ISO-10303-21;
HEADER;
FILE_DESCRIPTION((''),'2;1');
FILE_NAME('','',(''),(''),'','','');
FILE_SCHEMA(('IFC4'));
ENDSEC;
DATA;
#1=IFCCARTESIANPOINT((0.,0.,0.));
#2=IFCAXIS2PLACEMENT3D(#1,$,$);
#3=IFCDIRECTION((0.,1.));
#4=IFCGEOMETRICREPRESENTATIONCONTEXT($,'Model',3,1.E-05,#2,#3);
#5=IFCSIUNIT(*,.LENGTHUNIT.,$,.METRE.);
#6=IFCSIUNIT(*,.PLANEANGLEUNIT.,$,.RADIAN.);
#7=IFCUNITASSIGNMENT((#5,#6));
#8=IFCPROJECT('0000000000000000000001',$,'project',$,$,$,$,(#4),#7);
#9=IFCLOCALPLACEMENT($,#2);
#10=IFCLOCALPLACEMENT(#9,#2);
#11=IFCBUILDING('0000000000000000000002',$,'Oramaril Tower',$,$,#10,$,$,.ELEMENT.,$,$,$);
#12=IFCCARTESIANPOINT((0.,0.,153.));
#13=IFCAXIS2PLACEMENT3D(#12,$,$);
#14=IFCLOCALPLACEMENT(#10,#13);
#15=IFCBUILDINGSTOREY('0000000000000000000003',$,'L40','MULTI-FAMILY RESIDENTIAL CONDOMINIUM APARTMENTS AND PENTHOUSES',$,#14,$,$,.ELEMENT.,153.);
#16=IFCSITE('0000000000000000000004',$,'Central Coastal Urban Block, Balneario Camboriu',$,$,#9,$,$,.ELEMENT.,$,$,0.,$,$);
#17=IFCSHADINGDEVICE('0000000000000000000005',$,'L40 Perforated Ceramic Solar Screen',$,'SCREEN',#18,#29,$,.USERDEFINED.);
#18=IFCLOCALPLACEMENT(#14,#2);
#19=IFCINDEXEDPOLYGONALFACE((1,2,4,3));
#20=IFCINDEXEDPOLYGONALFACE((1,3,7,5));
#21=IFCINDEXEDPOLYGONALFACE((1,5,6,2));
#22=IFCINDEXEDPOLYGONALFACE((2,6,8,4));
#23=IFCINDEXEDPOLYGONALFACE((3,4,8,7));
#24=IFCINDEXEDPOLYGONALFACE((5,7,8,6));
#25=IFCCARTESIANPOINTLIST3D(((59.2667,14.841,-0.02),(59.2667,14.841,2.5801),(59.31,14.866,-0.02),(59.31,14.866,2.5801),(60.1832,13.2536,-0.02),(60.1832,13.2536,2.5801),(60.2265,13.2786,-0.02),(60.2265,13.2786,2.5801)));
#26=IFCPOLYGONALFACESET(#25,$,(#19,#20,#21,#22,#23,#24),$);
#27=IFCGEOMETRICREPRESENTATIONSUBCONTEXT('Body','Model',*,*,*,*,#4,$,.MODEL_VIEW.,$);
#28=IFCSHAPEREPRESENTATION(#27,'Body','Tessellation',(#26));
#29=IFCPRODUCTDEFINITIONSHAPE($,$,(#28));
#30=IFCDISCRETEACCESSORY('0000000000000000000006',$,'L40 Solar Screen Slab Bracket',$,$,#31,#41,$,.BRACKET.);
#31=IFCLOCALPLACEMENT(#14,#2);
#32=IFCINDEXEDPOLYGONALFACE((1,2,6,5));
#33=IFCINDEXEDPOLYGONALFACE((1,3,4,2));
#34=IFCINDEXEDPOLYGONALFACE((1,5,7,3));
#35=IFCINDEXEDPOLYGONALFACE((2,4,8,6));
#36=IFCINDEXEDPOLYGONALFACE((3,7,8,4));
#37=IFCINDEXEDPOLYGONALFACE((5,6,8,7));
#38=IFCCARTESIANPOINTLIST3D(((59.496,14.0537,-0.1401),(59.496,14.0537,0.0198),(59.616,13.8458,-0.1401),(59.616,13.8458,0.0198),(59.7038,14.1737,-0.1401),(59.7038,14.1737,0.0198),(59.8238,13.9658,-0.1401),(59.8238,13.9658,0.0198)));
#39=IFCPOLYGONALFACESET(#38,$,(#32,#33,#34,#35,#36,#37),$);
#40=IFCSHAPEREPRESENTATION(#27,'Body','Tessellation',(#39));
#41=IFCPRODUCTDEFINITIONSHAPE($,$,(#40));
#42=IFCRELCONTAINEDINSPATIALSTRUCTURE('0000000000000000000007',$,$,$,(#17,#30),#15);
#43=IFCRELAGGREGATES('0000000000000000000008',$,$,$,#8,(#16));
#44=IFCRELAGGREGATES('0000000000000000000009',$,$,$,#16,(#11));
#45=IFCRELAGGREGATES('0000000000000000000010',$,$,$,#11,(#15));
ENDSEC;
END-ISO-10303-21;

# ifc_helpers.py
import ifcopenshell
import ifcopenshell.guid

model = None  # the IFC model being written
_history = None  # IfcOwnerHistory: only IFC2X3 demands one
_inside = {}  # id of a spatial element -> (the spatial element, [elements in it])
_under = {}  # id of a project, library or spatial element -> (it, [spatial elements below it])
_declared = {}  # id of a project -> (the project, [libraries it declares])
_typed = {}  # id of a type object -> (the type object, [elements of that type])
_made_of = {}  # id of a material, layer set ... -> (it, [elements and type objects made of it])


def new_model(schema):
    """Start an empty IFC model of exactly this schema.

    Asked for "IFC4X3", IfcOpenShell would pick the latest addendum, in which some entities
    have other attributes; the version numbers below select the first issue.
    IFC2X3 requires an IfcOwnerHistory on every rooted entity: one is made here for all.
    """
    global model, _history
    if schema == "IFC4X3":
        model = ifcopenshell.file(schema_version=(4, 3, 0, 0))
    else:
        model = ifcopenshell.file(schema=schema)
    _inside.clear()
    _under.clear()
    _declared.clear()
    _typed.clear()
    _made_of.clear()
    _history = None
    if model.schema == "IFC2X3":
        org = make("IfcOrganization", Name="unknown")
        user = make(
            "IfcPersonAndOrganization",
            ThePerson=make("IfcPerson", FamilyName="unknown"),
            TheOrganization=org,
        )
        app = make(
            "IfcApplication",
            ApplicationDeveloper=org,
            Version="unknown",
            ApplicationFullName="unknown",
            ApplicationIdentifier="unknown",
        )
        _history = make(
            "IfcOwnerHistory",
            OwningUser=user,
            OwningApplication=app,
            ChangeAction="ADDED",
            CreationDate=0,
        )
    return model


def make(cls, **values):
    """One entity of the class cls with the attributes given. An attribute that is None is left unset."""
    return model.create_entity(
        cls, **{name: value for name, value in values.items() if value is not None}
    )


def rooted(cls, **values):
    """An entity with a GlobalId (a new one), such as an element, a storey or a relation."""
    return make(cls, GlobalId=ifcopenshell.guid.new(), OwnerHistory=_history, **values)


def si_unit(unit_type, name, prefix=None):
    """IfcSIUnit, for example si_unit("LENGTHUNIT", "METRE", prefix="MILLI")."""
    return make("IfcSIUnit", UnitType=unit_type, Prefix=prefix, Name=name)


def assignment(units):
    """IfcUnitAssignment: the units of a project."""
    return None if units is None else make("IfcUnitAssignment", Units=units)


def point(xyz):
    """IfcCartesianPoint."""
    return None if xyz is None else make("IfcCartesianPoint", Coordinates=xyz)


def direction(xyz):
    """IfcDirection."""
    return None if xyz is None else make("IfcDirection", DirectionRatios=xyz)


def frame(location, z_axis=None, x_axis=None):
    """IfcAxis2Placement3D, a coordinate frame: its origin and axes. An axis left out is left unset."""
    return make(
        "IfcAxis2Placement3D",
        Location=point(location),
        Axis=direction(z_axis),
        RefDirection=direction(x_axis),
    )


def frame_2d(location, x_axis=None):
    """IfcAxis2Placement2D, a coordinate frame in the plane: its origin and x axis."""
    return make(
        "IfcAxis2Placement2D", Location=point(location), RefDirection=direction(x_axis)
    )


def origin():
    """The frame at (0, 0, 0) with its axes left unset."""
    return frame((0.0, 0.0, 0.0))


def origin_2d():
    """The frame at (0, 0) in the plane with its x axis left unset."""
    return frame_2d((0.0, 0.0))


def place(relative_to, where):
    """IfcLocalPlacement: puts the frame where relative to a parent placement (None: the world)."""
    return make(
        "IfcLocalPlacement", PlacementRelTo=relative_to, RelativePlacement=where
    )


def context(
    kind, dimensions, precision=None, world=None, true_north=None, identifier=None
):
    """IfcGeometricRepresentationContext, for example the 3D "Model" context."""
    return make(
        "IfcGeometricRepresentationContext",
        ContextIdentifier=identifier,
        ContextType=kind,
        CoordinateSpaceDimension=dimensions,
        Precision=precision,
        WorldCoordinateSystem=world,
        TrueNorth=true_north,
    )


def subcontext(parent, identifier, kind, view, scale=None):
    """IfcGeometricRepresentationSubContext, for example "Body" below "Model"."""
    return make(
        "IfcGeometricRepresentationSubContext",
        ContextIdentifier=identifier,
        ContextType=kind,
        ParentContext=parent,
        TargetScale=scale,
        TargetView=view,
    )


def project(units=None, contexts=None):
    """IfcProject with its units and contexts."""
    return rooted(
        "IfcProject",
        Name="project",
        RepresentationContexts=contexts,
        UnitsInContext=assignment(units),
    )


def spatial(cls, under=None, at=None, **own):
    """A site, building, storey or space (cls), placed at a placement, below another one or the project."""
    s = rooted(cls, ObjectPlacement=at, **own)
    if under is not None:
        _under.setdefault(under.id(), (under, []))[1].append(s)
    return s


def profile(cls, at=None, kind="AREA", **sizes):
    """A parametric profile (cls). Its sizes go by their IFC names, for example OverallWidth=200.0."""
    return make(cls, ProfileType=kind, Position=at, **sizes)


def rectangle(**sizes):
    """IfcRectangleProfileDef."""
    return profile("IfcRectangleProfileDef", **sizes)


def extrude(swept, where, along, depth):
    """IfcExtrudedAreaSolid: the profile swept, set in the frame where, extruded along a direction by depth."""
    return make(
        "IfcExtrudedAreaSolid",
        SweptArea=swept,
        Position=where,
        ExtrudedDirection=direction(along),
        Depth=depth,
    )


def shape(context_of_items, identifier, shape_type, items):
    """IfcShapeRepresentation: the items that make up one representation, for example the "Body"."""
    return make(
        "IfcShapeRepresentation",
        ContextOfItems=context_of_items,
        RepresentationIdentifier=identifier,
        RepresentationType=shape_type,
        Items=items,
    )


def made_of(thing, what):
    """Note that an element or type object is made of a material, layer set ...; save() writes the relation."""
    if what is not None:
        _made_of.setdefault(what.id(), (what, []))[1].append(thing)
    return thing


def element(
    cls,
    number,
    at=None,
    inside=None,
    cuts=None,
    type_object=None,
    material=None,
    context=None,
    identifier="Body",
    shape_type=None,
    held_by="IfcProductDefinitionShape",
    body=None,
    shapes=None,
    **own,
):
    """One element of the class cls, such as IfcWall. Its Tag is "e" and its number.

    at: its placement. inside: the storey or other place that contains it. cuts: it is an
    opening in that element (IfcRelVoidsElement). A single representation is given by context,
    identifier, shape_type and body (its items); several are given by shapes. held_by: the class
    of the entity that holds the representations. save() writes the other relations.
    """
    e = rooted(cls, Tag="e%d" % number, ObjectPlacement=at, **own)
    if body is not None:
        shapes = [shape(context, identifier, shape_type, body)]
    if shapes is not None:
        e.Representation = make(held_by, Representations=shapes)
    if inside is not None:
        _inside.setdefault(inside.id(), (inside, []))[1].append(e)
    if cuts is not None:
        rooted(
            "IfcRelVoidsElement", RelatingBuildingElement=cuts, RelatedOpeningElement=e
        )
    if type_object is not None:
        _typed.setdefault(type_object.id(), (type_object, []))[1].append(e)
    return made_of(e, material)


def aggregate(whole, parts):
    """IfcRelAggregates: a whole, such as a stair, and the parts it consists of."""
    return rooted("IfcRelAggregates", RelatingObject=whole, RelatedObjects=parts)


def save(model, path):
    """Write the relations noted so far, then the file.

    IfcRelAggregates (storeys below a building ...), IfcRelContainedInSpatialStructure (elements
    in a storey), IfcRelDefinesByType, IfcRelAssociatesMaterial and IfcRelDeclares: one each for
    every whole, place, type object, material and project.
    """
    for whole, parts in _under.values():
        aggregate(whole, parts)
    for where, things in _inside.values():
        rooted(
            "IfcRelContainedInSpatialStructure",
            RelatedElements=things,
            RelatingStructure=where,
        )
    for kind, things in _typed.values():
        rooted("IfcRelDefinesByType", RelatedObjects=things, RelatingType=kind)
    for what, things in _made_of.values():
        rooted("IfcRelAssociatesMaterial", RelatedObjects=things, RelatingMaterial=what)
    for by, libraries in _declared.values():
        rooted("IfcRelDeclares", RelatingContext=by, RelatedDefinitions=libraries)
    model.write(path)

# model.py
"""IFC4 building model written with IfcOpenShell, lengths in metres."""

from ifc_helpers import new_model, si_unit, direction, frame, origin, origin_2d, place, context, subcontext, project, spatial, rectangle, extrude, element, save


model = new_model("IFC4")

# Units and contexts
model_context = context("Model", 3, precision=1e-05, world=origin(), true_north=direction((0.0, 1.0)))
body_context = subcontext(model_context, "Body", "Model", "MODEL_VIEW")
ifc_project = project(units=[si_unit("LENGTHUNIT", "METRE"), si_unit("PLANEANGLEUNIT", "RADIAN")], contexts=[model_context])

# Site, building, storey
site_placement = place(None, origin())
site = spatial("IfcSite", under=ifc_project, at=site_placement, Name="Central Coastal Urban Block, Balneario Camboriu", CompositionType="ELEMENT", RefElevation=0.0)
building_placement = place(site_placement, origin())
building = spatial("IfcBuilding", under=site, at=building_placement, Name="Oramaril Tower", CompositionType="ELEMENT")
storey_placement = place(building_placement, frame((0.0, 0.0, 153.0)))
storey = spatial("IfcBuildingStorey", under=building, at=storey_placement, Name="L40", Description="MULTI-FAMILY RESIDENTIAL CONDOMINIUM APARTMENTS AND PENTHOUSES", CompositionType="ELEMENT", Elevation=153.0)

# Shading device
shading_device_placement = place(storey_placement, frame((59.7466, 14.0598, -0.02), z_axis=(0.0, 0.0, 1.0), x_axis=(-0.5, 0.866025, 0.0)))
element("IfcShadingDevice", 1, at=shading_device_placement, inside=storey, Name="L40 Perforated Ceramic Solar Screen", ObjectType="SCREEN", PredefinedType="USERDEFINED", context=body_context, shape_type="SweptSolid", body=[
    extrude(rectangle(XDim=1.833, YDim=0.05, at=origin_2d()), origin(), (0.0, 0.0, 1.0), 2.6001),
])

# Discrete accessory
discrete_accessory_placement = place(storey_placement, frame((59.6599, 14.0098, -0.1401), z_axis=(0.0, 0.0, 1.0), x_axis=(-0.5, 0.866025, 0.0)))
element("IfcDiscreteAccessory", 2, at=discrete_accessory_placement, inside=storey, Name="L40 Solar Screen Slab Bracket", PredefinedType="BRACKET", context=body_context, shape_type="SweptSolid", body=[
    extrude(rectangle(XDim=0.24, YDim=0.24, at=origin_2d()), origin(), (0.0, 0.0, 1.0), 0.1599),
])

save(model, "model.ifc")
